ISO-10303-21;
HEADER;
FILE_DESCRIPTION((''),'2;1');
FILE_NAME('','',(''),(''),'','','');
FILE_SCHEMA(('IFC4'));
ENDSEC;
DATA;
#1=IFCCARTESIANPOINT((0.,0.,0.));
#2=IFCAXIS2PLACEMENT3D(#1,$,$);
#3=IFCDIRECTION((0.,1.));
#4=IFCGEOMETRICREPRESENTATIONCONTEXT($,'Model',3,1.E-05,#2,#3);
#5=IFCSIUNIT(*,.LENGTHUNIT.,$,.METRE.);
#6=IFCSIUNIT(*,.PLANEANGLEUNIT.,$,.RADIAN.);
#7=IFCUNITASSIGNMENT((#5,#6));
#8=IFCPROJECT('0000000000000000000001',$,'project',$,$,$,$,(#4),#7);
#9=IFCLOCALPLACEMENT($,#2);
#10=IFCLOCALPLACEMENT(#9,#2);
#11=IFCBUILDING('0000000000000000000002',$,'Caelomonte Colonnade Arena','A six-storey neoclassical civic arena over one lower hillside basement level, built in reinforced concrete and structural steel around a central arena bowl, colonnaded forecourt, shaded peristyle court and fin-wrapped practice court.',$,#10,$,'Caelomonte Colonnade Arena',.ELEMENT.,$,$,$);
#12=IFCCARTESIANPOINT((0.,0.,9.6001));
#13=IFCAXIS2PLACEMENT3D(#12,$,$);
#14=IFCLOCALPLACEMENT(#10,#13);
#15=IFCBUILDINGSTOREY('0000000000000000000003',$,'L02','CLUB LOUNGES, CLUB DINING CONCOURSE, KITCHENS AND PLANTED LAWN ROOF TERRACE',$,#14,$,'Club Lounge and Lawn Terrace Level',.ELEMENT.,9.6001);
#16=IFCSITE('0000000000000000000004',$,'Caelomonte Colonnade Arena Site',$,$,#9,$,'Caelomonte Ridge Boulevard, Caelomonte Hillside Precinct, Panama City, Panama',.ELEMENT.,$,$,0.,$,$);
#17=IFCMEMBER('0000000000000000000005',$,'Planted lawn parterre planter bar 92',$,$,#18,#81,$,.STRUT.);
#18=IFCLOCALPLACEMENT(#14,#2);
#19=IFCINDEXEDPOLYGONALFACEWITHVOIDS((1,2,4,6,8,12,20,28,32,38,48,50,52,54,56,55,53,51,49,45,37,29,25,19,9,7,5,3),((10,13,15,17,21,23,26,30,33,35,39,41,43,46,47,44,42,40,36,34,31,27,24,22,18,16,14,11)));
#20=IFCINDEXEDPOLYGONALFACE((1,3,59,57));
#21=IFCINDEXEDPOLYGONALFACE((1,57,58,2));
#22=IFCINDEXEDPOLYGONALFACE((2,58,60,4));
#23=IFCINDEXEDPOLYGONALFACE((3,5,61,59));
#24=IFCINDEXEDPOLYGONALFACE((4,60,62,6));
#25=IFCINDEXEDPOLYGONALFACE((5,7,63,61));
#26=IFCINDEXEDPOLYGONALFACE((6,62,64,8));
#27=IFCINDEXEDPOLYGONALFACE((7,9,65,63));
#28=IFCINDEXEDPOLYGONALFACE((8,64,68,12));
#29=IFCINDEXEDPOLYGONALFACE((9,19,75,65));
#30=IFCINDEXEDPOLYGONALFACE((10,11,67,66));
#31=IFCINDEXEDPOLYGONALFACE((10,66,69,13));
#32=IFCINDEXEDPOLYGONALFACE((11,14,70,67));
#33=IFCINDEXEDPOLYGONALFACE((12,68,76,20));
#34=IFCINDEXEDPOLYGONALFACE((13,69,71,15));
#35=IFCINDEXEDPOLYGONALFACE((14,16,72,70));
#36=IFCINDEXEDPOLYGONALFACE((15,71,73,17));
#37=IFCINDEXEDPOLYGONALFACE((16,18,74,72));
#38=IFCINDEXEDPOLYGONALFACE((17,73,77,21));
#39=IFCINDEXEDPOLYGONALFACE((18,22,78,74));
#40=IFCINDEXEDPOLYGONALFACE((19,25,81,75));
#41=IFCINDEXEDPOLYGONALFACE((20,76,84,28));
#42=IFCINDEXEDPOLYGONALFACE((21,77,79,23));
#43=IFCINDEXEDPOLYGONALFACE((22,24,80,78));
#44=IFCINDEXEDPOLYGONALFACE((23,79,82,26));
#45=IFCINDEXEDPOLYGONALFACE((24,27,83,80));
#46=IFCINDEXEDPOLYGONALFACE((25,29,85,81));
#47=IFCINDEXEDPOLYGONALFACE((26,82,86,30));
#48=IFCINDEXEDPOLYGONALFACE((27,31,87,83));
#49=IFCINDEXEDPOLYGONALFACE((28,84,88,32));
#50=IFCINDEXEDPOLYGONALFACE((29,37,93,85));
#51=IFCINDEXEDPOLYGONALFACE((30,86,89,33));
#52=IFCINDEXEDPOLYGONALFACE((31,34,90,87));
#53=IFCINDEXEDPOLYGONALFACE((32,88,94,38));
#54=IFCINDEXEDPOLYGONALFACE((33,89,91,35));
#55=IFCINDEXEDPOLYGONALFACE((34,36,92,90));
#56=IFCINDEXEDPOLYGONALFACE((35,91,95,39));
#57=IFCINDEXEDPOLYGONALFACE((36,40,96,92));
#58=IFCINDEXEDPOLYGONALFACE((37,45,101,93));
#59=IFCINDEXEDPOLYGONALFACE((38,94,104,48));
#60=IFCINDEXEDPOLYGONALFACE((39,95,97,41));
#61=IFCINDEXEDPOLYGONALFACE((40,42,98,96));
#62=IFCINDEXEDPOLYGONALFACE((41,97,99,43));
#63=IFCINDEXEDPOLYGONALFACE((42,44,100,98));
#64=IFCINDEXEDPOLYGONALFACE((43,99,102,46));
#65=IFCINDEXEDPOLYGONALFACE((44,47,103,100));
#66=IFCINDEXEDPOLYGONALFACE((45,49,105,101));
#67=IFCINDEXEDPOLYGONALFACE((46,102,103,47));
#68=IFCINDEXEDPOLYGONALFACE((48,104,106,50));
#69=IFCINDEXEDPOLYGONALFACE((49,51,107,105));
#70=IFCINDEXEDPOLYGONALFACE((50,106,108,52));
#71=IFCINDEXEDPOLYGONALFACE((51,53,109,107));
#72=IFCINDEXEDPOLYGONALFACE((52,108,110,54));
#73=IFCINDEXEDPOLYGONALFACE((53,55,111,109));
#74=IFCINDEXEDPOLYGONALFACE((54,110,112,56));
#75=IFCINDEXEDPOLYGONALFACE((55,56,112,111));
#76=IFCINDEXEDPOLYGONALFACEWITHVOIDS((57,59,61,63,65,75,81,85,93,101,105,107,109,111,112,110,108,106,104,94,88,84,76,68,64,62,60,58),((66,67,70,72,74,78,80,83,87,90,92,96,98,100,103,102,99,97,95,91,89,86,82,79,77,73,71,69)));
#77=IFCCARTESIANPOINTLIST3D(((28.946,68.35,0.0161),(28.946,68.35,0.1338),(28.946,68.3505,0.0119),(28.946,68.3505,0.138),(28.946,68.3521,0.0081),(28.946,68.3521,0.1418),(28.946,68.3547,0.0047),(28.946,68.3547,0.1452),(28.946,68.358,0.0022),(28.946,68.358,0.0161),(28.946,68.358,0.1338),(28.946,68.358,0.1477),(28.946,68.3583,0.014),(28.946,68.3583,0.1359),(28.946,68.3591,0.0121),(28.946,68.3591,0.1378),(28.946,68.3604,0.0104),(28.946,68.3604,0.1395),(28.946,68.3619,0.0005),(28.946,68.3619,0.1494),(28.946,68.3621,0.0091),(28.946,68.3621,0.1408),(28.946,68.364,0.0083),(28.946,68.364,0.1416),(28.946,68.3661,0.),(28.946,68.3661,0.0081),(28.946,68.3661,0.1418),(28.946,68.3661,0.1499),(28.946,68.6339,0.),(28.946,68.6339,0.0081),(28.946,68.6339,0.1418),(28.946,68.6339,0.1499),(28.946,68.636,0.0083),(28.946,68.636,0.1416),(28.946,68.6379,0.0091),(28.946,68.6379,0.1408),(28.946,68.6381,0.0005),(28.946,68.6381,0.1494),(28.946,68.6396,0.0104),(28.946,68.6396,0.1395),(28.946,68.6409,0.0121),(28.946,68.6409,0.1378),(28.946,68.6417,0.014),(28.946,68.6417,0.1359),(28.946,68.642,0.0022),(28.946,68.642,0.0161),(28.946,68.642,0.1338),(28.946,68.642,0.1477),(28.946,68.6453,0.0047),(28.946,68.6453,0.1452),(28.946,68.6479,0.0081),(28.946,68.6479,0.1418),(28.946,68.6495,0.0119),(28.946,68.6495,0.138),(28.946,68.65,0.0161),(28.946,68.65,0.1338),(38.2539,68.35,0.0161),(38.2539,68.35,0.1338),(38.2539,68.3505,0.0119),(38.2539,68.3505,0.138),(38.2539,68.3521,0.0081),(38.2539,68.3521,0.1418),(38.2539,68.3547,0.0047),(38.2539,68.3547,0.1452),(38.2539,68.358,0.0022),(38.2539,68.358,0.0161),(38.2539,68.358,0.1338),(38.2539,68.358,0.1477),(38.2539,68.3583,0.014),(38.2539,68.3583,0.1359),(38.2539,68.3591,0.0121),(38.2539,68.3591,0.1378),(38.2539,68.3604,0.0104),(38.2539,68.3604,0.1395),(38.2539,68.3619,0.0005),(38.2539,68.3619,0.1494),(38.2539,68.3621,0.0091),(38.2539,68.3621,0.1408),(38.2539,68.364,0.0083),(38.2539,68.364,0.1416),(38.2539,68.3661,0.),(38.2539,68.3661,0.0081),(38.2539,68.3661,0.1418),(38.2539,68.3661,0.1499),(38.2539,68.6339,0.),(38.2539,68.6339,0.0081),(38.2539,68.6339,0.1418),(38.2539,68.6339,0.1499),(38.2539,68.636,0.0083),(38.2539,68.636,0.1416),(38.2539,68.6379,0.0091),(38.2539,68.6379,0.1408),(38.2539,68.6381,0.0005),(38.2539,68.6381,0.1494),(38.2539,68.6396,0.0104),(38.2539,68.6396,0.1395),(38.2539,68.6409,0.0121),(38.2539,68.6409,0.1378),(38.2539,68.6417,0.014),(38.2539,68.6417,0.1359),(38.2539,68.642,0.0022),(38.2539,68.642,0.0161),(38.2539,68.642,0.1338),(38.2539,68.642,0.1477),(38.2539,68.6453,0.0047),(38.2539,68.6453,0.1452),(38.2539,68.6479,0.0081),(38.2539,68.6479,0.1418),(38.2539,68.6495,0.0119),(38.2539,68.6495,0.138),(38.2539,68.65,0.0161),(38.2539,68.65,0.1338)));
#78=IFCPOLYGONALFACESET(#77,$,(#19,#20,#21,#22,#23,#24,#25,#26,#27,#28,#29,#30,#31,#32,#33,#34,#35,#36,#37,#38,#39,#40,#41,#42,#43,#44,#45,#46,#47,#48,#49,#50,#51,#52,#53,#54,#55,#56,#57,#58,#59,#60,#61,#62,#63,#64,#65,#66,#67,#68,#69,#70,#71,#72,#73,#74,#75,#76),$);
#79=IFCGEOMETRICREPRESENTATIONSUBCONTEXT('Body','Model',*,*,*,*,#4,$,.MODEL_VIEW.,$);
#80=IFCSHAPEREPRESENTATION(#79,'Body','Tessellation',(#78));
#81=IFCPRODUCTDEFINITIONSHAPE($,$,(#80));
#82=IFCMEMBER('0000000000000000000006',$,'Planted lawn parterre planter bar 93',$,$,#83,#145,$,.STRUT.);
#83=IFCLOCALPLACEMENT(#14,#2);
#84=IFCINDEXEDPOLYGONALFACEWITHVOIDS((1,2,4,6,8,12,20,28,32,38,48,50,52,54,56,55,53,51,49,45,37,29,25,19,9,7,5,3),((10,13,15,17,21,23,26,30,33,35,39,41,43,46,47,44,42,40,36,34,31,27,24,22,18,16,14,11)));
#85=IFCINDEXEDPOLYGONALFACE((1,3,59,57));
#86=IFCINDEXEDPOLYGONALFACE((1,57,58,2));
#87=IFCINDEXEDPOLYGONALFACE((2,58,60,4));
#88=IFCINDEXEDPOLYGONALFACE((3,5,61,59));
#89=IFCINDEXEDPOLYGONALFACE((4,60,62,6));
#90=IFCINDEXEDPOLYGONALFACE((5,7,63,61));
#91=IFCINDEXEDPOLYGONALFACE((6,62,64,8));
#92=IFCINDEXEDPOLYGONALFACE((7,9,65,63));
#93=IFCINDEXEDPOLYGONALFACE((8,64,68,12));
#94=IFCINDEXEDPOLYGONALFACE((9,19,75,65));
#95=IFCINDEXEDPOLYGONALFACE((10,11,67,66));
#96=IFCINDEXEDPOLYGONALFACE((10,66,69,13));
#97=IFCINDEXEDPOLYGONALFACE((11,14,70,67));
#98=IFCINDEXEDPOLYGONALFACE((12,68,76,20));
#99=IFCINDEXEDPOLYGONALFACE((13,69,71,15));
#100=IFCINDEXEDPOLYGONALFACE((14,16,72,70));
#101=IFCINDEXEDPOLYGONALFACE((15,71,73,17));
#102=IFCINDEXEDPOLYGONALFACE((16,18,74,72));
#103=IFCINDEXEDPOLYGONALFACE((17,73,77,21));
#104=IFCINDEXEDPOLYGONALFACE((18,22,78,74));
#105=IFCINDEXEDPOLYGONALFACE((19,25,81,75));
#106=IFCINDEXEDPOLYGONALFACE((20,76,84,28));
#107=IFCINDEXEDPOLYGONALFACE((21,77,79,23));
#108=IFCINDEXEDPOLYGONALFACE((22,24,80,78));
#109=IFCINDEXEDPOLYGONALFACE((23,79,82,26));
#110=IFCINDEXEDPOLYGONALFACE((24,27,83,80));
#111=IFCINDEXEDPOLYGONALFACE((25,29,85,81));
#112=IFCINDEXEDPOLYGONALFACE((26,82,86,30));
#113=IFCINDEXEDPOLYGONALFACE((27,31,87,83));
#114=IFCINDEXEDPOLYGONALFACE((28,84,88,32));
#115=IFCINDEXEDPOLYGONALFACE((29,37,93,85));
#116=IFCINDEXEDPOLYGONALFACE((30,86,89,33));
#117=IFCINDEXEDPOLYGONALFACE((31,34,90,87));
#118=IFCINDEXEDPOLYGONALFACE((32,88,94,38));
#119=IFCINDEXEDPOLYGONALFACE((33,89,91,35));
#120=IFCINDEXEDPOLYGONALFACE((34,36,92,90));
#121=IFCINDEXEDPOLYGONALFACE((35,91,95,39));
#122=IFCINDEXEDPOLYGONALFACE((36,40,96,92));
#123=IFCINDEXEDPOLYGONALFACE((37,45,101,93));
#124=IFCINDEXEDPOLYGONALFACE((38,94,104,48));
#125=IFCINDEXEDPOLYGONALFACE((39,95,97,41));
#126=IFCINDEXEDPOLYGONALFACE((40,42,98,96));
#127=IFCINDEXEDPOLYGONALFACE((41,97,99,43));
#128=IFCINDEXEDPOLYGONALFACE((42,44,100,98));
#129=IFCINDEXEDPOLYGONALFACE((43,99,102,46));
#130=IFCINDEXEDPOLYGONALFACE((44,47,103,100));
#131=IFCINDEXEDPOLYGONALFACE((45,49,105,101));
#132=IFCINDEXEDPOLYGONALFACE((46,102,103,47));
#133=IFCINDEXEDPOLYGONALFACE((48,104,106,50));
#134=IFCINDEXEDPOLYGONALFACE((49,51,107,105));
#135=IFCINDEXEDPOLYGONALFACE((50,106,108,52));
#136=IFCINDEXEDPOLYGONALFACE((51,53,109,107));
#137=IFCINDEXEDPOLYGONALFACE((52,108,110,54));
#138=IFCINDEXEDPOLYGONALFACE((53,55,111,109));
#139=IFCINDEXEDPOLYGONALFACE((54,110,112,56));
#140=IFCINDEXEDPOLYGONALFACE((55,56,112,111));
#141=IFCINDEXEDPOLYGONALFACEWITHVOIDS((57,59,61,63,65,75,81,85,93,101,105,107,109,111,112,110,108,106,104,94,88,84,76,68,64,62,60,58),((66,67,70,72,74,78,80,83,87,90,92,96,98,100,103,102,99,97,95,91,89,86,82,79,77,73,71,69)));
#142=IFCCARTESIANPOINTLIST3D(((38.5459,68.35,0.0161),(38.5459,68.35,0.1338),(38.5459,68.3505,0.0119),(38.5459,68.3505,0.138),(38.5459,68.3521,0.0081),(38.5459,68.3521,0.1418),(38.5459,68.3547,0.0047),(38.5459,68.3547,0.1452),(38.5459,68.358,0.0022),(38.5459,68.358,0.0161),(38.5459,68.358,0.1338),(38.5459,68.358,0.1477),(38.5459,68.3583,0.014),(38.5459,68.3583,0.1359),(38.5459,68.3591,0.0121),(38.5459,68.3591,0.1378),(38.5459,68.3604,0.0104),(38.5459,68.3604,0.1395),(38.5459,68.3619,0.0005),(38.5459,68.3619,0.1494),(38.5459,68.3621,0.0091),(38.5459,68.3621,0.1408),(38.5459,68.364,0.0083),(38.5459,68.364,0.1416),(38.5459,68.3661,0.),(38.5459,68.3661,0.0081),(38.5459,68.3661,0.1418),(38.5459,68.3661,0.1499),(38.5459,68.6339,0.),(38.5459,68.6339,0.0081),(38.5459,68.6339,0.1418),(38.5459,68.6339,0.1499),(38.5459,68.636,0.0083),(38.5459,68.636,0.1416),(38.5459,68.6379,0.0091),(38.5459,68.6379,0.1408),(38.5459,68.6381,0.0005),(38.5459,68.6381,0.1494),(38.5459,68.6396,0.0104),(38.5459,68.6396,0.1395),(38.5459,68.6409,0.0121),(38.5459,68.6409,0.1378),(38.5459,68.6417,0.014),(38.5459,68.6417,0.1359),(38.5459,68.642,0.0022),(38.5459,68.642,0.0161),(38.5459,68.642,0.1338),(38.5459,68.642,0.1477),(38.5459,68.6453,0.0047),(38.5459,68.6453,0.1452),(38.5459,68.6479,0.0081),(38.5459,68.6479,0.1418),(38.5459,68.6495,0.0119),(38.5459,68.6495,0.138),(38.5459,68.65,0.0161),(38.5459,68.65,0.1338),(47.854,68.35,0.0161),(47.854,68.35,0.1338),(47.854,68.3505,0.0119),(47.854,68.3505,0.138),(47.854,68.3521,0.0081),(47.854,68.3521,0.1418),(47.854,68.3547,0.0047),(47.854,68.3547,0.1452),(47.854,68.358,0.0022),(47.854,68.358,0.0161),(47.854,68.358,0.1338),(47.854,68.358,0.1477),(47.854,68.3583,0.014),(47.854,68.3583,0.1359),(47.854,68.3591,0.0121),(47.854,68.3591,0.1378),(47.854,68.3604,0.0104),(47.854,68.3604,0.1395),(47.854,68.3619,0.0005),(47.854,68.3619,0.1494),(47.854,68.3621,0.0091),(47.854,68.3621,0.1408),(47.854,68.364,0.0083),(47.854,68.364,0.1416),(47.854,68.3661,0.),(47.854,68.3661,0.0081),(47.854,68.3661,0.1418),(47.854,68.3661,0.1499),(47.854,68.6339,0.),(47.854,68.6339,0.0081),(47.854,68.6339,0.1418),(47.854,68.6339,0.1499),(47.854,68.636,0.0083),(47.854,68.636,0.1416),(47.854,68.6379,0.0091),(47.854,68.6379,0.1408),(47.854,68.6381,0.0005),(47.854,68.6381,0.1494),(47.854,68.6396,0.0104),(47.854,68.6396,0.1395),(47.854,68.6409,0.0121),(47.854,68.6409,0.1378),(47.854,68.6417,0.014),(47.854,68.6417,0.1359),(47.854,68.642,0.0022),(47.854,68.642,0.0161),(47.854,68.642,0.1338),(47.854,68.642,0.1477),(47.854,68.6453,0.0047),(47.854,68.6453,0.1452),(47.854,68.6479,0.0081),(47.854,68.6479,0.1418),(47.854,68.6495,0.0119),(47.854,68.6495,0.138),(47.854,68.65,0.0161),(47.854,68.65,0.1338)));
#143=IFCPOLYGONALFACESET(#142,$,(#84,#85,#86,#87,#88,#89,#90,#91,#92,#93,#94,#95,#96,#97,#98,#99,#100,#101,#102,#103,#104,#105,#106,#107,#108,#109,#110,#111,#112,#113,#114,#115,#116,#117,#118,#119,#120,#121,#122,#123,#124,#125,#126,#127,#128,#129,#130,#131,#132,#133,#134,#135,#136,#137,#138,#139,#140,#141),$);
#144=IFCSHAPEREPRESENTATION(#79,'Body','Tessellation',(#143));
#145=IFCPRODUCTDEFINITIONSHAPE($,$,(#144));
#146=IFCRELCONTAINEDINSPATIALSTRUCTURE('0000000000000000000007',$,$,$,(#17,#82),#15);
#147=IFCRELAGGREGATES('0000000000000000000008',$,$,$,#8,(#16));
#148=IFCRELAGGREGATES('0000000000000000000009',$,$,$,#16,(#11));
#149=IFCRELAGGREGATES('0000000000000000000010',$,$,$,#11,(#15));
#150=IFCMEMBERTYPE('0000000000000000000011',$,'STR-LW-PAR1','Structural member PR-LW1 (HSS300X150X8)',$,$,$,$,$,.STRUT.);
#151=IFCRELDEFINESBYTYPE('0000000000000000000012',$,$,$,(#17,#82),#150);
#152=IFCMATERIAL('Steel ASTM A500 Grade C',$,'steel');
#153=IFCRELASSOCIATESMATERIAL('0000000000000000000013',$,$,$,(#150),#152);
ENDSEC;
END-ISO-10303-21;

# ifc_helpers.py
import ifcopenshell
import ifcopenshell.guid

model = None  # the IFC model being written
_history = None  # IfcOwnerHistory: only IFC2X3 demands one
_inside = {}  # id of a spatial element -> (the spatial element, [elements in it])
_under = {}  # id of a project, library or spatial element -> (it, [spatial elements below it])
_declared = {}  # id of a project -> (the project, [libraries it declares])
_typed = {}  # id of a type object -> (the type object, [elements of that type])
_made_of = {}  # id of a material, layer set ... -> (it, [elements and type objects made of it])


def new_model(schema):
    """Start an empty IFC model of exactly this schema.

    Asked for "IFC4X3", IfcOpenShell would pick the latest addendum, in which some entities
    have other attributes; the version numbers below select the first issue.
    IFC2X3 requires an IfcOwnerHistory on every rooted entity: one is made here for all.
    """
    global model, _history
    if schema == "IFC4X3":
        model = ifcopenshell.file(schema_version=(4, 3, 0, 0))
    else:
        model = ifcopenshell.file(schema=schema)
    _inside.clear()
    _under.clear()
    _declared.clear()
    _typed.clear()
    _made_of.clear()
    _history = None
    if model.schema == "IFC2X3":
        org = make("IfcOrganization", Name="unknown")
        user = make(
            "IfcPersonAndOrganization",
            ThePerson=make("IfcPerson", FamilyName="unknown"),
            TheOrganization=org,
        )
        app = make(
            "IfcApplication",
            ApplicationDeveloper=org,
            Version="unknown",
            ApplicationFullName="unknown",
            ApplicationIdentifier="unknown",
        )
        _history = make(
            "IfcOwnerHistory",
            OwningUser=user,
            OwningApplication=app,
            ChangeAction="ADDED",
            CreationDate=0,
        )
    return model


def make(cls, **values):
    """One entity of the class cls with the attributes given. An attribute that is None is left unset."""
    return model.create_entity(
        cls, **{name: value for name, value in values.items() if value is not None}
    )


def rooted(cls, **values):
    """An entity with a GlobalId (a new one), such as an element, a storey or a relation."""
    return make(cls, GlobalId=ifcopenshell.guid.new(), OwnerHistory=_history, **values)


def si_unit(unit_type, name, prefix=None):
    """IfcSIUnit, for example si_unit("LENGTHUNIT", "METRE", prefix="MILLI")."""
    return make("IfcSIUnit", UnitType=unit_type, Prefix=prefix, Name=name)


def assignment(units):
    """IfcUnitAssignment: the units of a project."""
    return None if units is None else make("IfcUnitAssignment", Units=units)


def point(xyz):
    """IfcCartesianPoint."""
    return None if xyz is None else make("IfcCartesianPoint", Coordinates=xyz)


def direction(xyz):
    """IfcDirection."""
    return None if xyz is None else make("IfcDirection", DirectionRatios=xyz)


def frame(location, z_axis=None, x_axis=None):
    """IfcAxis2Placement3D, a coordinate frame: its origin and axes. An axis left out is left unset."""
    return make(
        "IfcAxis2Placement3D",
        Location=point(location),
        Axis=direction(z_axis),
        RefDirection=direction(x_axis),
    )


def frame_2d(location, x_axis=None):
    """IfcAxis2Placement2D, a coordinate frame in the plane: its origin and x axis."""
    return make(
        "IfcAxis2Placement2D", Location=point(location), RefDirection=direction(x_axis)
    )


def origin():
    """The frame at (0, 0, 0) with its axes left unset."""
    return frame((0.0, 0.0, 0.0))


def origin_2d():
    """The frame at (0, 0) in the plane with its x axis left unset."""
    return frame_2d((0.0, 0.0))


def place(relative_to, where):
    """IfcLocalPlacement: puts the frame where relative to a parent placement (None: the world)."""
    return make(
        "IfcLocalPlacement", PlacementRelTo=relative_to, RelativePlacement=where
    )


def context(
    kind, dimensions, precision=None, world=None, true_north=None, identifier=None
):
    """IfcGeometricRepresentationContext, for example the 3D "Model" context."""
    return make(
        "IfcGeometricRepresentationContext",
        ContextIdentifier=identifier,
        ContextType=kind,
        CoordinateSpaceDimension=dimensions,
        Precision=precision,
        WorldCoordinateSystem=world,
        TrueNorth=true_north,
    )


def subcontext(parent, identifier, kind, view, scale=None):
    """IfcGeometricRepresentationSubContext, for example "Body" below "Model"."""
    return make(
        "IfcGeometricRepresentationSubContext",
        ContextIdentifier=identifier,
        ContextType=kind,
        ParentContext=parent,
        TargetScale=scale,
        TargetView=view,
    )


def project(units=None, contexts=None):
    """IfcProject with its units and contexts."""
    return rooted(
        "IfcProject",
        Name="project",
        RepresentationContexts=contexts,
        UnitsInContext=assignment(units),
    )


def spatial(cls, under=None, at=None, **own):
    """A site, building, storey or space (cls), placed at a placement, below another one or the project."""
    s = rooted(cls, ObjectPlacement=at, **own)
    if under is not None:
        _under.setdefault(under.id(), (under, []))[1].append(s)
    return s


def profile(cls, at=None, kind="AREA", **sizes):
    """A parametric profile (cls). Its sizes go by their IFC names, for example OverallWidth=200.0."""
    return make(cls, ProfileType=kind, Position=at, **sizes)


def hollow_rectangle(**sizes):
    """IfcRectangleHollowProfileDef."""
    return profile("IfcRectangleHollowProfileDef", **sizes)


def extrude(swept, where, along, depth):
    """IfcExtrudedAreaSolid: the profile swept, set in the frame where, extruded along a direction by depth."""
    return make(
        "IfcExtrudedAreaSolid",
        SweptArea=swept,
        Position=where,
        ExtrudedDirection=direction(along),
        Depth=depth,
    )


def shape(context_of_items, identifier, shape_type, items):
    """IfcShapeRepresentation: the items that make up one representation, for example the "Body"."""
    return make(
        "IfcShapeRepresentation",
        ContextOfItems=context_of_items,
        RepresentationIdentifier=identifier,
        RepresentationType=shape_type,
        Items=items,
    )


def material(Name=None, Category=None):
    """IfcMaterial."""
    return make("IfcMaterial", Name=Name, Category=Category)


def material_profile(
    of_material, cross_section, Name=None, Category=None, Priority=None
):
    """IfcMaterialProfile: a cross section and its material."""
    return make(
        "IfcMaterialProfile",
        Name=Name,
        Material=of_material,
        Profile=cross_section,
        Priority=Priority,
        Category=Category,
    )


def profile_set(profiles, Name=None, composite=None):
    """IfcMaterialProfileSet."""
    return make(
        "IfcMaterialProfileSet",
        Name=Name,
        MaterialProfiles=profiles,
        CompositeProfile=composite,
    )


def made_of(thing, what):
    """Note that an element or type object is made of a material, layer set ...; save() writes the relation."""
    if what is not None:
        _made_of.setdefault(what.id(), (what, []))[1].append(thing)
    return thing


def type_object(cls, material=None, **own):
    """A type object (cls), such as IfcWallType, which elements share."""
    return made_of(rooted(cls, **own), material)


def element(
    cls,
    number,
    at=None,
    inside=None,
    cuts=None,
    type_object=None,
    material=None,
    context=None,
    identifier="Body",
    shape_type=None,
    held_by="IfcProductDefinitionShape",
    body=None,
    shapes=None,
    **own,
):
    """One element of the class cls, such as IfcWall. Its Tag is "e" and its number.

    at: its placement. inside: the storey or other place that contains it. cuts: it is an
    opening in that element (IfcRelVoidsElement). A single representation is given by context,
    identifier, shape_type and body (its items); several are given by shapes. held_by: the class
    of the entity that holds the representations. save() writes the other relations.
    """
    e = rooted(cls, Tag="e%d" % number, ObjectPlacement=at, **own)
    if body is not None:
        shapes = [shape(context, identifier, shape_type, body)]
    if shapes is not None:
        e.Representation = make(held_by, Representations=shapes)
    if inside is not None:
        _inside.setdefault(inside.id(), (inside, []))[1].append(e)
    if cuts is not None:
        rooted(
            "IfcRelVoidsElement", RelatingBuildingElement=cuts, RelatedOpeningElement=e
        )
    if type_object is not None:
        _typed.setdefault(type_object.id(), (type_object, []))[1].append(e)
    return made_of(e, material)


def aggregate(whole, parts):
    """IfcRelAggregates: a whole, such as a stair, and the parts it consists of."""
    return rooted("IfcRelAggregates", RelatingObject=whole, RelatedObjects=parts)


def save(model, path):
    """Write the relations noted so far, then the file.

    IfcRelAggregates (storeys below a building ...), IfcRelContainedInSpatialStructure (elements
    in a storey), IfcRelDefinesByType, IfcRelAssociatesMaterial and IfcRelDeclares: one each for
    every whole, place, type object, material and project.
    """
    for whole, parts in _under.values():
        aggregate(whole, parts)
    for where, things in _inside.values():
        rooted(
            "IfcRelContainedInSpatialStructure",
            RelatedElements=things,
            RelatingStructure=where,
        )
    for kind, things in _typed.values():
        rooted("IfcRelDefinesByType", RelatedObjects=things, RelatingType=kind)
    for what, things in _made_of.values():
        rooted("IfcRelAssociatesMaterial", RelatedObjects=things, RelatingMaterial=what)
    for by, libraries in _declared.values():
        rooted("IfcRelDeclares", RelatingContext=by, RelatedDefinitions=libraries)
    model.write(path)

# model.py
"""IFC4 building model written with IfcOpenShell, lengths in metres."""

from ifc_helpers import new_model, si_unit, direction, frame, origin, origin_2d, place, context, subcontext, project, spatial, hollow_rectangle, extrude, material, material_profile, profile_set, type_object, element, save


model = new_model("IFC4")

# Units and contexts
model_context = context("Model", 3, precision=1e-05, world=origin(), true_north=direction((0.0, 1.0)))
body_context = subcontext(model_context, "Body", "Model", "MODEL_VIEW")
ifc_project = project(units=[si_unit("LENGTHUNIT", "METRE"), si_unit("PLANEANGLEUNIT", "RADIAN")], contexts=[model_context])

# Site, building, storey
site_placement = place(None, origin())
site = spatial("IfcSite", under=ifc_project, at=site_placement, Name="Caelomonte Colonnade Arena Site", LongName="Caelomonte Ridge Boulevard, Caelomonte Hillside Precinct, Panama City, Panama", CompositionType="ELEMENT", RefElevation=0.0)
building_placement = place(site_placement, origin())
building = spatial("IfcBuilding", under=site, at=building_placement, Name="Caelomonte Colonnade Arena", Description="A six-storey neoclassical civic arena over one lower hillside basement level, built in reinforced concrete and structural steel around a central arena bowl, colonnaded forecourt, shaded peristyle court and fin-wrapped practice court.", LongName="Caelomonte Colonnade Arena", CompositionType="ELEMENT")
storey_placement = place(building_placement, frame((0.0, 0.0, 9.6001)))
storey = spatial("IfcBuildingStorey", under=building, at=storey_placement, Name="L02", Description="CLUB LOUNGES, CLUB DINING CONCOURSE, KITCHENS AND PLANTED LAWN ROOF TERRACE", LongName="Club Lounge and Lawn Terrace Level", CompositionType="ELEMENT", Elevation=9.6001)

# Members
ifc_material_1 = material(Name="Steel ASTM A500 Grade C", Category="steel")
ifc_material_profile_1 = material_profile(ifc_material_1, hollow_rectangle(XDim=0.3, YDim=0.1499, WallThickness=0.0081, InnerFilletRadius=0.0081, OuterFilletRadius=0.0161, at=origin_2d()), Name="HSS300X150X8")
ifc_profile_set_1 = profile_set([ifc_material_profile_1], Name="Steel ASTM A500 Grade C")
member_type = type_object("IfcMemberType", Name="STR-LW-PAR1", Description="Structural member PR-LW1 (HSS300X150X8)", PredefinedType="STRUT", material=ifc_profile_set_1)
member_1_placement = place(storey_placement, frame((28.946, 68.5, 0.075), z_axis=(1.0, 0.0, 0.0), x_axis=(0.0, 1.0, 0.0)))
element("IfcMember", 1, at=member_1_placement, inside=storey, type_object=member_type, Name="Planted lawn parterre planter bar 92", PredefinedType="STRUT", context=body_context, shape_type="SweptSolid", body=[
    extrude(hollow_rectangle(XDim=0.3, YDim=0.1499, WallThickness=0.0081, InnerFilletRadius=0.0081, OuterFilletRadius=0.0161, at=origin_2d()), origin(), (0.0, 0.0, 1.0), 9.3079),
])
member_2_placement = place(storey_placement, frame((38.5459, 68.5, 0.075), z_axis=(1.0, 0.0, 0.0), x_axis=(0.0, 1.0, 0.0)))
element("IfcMember", 2, at=member_2_placement, inside=storey, type_object=member_type, Name="Planted lawn parterre planter bar 93", PredefinedType="STRUT", context=body_context, shape_type="SweptSolid", body=[
    extrude(hollow_rectangle(XDim=0.3, YDim=0.1499, WallThickness=0.0081, InnerFilletRadius=0.0081, OuterFilletRadius=0.0161, at=origin_2d()), origin(), (0.0, 0.0, 1.0), 9.3081),
])

save(model, "model.ifc")
